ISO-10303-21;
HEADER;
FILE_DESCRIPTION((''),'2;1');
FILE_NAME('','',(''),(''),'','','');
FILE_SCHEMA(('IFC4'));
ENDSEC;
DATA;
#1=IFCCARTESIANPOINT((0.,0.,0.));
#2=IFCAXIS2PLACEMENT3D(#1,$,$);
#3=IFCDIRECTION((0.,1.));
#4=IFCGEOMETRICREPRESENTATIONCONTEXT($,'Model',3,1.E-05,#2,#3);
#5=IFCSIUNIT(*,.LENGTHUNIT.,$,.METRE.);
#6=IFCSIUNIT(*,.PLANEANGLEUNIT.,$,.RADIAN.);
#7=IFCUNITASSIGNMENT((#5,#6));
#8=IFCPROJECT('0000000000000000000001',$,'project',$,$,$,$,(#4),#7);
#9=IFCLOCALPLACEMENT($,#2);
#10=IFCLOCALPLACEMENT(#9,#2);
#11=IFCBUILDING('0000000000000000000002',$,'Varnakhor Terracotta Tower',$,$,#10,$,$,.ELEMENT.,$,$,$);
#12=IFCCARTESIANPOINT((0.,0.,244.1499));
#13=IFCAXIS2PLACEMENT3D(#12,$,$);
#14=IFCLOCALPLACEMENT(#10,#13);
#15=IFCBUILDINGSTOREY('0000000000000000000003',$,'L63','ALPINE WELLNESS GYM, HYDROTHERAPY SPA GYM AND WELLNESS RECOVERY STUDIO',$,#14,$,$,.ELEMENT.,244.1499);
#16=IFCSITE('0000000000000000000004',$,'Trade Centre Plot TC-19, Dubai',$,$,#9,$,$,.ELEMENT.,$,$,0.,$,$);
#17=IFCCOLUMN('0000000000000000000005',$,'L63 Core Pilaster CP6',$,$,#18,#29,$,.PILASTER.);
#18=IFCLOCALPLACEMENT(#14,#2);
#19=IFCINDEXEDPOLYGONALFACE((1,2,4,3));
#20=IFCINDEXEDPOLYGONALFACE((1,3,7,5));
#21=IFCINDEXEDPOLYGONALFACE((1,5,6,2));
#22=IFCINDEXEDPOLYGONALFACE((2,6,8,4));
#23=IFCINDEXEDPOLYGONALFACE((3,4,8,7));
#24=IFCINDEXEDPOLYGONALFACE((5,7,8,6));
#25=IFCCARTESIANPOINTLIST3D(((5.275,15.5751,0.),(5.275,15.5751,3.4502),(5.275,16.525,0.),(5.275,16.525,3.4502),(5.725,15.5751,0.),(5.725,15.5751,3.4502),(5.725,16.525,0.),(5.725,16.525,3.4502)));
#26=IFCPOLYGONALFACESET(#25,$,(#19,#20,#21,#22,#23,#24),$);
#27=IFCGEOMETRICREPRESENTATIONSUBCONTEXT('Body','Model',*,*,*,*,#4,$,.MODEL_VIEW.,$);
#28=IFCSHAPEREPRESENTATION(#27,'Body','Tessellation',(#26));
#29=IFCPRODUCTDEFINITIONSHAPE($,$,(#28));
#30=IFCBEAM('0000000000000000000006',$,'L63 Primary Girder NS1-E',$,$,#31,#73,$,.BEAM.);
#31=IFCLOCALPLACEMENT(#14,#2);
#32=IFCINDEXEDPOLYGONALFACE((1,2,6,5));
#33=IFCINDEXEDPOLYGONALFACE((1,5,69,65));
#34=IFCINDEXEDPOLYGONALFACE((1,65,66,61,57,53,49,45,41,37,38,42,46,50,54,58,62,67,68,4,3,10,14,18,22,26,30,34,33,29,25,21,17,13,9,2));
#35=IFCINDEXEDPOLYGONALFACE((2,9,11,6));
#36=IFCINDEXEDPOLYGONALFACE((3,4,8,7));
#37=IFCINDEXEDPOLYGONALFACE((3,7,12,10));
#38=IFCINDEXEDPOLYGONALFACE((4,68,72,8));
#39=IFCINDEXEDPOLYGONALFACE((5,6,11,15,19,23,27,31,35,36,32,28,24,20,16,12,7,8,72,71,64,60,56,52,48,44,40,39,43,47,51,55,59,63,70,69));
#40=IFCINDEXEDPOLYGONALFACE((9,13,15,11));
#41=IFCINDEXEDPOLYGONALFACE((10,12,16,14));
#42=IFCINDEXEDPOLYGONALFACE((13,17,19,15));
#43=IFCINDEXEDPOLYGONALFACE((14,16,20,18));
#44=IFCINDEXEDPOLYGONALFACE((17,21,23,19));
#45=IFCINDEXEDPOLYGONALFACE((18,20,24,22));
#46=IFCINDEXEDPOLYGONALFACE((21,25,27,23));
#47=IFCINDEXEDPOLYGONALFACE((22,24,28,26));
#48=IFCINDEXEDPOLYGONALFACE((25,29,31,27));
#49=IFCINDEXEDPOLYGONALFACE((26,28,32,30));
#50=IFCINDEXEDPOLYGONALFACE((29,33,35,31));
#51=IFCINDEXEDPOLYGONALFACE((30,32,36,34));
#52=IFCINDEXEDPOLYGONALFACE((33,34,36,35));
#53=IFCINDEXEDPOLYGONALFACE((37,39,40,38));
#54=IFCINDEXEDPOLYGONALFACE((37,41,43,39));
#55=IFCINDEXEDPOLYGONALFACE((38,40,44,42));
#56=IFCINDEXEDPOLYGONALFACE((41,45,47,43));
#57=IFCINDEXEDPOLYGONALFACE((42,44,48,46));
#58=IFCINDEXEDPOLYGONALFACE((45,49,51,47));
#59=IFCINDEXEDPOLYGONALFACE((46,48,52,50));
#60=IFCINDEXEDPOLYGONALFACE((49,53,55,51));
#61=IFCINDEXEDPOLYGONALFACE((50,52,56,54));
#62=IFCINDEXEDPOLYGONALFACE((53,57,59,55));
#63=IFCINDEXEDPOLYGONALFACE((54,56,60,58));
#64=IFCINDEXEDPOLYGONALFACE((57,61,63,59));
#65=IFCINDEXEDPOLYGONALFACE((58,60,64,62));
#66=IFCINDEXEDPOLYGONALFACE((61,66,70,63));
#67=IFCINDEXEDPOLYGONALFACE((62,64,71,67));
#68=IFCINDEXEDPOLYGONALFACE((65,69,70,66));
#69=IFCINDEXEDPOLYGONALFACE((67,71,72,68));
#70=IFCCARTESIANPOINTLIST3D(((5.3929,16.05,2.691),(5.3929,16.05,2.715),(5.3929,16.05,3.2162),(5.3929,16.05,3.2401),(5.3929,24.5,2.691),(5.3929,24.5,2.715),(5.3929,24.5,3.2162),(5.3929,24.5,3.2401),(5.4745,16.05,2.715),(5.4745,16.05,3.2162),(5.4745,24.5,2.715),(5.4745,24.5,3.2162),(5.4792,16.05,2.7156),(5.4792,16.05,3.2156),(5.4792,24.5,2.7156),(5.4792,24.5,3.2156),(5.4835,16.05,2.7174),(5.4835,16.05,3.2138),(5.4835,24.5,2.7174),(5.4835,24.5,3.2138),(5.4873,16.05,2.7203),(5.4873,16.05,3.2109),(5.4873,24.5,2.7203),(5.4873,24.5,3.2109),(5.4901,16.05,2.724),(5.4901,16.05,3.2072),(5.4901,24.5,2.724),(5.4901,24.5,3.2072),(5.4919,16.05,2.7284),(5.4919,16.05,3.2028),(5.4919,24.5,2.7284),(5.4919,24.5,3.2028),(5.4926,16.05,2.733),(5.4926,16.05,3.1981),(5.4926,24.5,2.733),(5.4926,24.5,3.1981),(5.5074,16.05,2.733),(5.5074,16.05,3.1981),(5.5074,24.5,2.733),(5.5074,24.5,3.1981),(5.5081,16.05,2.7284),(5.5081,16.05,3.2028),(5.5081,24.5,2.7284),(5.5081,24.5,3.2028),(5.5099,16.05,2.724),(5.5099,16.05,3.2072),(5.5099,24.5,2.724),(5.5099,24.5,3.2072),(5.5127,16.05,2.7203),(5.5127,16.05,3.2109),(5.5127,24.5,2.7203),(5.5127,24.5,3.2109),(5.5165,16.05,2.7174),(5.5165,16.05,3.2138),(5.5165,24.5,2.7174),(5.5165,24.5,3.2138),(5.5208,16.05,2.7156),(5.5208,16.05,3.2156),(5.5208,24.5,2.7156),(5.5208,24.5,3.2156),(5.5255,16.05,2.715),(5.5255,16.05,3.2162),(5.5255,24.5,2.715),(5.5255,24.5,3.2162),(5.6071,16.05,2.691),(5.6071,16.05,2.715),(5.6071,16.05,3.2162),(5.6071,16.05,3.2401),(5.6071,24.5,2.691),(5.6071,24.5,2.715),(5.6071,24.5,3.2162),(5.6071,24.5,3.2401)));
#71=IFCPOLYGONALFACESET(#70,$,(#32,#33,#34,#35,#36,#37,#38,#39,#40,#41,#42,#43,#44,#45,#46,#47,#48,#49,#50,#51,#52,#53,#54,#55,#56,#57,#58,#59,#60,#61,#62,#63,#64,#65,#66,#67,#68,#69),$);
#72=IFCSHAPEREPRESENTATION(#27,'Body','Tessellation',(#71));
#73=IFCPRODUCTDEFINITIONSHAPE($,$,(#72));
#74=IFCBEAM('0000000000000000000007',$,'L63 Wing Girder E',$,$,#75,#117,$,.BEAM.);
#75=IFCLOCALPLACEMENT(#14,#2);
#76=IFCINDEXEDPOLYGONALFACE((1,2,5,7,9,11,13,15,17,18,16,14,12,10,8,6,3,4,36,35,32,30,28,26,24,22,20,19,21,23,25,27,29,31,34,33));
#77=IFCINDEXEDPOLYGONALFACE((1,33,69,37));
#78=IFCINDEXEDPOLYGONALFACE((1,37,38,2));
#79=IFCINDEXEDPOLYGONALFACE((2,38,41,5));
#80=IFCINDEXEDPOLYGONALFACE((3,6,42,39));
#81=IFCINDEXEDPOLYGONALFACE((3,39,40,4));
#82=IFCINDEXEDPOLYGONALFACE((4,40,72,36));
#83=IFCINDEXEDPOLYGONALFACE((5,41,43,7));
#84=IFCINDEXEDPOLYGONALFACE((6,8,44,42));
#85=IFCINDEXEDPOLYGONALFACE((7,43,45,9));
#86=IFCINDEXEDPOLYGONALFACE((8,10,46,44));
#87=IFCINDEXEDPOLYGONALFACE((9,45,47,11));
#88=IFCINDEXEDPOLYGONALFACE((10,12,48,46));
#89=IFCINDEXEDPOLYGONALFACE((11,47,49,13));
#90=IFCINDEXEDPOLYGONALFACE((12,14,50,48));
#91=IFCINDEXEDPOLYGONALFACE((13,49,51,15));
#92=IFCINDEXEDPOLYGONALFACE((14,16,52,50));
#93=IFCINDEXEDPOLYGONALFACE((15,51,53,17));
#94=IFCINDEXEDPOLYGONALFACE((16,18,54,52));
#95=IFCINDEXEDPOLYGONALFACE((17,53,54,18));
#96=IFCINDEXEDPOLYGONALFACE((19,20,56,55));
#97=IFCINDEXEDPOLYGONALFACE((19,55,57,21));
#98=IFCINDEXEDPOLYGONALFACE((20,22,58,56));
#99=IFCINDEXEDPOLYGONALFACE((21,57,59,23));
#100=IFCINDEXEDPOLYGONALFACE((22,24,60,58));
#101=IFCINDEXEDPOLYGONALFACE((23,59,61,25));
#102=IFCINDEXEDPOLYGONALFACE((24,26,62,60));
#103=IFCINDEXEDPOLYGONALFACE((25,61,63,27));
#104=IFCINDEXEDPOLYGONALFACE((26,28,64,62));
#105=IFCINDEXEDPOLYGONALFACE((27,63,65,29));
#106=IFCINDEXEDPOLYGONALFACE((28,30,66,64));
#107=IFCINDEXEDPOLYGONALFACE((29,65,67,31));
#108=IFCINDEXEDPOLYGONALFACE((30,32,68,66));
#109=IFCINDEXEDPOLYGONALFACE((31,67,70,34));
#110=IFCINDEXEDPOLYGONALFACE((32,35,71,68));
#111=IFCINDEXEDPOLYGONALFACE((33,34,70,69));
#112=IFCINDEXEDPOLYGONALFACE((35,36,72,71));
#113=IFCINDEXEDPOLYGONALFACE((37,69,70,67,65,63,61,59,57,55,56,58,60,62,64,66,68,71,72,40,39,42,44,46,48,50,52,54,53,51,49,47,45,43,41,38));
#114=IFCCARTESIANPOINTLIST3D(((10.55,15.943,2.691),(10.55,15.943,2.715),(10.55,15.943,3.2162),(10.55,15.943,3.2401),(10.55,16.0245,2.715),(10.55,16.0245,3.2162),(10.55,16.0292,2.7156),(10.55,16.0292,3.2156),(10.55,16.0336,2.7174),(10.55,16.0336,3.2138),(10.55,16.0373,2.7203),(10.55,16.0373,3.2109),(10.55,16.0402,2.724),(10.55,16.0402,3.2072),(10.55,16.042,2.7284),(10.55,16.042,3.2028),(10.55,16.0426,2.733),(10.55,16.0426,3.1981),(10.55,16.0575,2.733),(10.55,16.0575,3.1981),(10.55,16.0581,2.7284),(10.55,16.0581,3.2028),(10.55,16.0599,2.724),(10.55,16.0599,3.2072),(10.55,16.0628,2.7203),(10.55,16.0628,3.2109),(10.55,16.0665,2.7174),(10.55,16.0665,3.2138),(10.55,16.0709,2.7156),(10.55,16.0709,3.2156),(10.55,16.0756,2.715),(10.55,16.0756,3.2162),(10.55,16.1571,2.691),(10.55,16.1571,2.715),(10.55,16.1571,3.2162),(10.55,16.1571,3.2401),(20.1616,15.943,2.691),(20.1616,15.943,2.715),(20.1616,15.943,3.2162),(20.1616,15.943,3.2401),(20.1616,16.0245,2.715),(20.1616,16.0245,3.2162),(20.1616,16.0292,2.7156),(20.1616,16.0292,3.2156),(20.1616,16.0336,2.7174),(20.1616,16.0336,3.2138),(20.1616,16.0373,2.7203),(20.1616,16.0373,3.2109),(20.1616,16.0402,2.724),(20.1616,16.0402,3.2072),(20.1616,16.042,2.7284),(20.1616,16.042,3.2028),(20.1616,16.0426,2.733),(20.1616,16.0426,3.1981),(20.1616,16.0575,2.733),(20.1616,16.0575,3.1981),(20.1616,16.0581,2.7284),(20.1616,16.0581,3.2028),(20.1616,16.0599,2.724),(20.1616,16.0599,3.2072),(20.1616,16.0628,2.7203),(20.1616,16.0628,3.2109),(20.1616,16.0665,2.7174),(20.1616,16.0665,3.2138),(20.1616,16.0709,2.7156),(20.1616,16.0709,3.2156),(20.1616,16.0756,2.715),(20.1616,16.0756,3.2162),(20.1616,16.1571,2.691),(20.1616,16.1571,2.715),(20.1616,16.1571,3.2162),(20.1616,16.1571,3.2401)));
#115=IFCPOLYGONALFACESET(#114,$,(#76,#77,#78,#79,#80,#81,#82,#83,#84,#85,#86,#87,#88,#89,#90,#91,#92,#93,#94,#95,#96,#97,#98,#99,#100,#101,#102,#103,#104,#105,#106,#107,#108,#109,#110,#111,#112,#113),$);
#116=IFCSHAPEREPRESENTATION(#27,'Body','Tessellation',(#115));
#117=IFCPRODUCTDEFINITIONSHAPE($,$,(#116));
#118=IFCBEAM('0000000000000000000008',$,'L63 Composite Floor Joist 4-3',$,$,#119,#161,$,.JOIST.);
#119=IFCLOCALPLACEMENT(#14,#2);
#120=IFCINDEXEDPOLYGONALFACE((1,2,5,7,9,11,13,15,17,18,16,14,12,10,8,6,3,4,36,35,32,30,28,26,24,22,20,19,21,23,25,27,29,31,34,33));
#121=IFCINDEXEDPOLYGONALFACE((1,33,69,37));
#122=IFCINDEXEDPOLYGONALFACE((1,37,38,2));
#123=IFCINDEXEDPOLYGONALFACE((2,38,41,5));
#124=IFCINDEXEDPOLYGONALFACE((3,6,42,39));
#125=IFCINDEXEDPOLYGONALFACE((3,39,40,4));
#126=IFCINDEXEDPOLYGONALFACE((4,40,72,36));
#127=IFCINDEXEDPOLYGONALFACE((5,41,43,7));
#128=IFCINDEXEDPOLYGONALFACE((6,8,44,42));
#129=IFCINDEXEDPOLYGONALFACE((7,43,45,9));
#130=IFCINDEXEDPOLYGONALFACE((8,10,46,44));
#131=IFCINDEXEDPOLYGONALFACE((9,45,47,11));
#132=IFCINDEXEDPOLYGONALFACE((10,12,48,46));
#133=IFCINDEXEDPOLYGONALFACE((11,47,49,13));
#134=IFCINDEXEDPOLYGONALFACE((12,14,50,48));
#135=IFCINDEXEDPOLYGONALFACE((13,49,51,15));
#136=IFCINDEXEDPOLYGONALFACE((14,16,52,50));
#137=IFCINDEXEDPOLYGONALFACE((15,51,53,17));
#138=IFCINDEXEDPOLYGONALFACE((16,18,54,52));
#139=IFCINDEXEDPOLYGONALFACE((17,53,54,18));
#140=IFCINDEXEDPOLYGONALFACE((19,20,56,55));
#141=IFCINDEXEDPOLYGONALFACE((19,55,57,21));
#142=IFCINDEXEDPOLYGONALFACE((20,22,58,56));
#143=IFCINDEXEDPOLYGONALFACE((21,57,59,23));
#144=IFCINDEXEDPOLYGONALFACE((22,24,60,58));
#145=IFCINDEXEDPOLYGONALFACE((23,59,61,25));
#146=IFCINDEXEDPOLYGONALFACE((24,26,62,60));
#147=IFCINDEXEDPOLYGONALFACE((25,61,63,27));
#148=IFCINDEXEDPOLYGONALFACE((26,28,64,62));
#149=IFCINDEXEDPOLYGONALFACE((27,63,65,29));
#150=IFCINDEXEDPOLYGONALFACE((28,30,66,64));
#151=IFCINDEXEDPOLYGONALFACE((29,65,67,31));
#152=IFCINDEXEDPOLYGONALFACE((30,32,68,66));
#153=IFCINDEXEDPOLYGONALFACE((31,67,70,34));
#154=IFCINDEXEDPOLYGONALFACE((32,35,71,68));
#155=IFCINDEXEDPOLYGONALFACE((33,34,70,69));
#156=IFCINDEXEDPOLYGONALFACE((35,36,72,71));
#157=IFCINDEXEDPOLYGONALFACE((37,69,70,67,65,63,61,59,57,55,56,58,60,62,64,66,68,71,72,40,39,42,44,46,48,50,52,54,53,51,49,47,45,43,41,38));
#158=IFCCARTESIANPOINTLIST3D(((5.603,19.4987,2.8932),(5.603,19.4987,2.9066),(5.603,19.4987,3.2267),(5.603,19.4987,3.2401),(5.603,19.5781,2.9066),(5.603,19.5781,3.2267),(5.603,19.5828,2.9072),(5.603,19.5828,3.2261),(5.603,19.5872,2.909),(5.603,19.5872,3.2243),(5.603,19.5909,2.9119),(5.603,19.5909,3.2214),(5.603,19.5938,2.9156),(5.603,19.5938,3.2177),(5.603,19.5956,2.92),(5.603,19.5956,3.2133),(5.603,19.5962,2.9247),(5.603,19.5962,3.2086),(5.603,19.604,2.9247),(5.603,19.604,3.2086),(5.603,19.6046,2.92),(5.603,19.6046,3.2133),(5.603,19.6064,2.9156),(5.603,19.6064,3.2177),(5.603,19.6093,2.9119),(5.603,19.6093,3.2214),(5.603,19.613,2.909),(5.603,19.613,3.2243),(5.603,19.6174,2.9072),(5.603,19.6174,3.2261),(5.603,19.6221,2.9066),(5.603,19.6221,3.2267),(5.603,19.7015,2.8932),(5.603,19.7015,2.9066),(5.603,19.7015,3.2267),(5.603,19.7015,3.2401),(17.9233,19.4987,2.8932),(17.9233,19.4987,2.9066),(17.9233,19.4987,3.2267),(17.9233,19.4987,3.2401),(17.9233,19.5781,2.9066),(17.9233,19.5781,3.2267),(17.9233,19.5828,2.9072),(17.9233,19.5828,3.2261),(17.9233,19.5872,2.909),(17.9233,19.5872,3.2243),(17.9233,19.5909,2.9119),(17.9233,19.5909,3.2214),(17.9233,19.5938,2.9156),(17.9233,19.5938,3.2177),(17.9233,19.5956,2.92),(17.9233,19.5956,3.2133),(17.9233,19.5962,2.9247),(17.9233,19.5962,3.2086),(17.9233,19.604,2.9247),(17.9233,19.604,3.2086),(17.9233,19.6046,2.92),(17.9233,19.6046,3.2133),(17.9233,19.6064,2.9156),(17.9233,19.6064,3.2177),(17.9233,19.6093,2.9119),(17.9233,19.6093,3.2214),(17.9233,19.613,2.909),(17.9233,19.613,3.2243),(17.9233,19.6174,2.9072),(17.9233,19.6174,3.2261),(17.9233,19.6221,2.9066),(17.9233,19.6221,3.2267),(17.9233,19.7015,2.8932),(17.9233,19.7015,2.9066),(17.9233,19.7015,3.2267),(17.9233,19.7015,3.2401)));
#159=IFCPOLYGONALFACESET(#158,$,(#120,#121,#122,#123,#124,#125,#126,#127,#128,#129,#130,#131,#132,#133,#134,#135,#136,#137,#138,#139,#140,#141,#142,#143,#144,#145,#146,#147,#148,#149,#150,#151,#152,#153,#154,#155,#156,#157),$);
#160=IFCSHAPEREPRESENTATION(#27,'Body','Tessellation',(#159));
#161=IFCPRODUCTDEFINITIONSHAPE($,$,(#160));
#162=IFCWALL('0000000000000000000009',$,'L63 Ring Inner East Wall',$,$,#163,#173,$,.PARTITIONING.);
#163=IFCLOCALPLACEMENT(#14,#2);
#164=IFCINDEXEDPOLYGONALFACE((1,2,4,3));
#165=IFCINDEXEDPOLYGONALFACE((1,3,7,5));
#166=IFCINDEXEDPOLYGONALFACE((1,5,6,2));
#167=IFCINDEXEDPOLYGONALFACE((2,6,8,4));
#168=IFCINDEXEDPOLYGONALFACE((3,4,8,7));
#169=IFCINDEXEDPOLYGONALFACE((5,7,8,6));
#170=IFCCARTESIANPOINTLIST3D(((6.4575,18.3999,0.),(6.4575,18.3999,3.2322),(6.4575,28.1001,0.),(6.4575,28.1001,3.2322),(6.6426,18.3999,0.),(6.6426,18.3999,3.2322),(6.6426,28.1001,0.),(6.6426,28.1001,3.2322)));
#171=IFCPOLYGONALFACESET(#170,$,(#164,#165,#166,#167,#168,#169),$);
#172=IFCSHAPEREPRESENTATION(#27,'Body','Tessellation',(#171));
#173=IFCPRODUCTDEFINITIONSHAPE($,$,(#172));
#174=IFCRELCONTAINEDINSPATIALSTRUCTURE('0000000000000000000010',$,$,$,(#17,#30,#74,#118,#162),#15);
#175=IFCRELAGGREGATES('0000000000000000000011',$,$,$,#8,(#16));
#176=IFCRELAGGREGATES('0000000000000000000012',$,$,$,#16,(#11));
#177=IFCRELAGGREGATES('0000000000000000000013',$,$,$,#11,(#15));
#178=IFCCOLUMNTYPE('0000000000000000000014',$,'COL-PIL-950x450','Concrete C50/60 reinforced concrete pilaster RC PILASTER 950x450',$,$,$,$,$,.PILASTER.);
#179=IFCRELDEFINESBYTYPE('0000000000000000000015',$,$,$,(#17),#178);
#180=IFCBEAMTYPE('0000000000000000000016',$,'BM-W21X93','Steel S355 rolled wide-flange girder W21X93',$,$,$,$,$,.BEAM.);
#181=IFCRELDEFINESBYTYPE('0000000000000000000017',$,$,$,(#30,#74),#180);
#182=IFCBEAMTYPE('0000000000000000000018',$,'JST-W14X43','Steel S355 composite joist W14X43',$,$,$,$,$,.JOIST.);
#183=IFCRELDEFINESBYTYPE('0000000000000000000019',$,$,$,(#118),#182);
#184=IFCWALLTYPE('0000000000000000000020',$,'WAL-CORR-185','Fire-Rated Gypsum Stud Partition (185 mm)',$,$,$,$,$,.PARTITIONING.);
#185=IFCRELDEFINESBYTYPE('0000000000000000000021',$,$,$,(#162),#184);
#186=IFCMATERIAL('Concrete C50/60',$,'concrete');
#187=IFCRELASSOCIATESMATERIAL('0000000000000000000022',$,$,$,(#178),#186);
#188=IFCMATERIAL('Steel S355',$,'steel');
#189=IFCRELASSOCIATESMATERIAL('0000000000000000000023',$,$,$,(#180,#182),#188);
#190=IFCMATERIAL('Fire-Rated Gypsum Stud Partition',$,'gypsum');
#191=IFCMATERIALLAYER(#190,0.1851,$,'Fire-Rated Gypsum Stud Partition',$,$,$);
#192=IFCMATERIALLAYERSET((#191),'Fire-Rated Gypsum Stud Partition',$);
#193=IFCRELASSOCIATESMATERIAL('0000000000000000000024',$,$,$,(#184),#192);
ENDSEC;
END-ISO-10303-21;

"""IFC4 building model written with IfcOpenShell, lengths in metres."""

from ifc_helpers import new_model, si_unit, direction, frame, frame_2d, origin, origin_2d, place, context, subcontext, project, spatial, rectangle, i_section, extrude, source, transform, mapped, material, layer, layer_set, material_profile, profile_set, type_object, type_shapes, element, save


model = new_model("IFC4")

# Units and contexts
model_context = context("Model", 3, precision=1e-05, world=origin(), true_north=direction((0.0, 1.0)))
body_context = subcontext(model_context, "Body", "Model", "MODEL_VIEW")
ifc_project = project(units=[si_unit("LENGTHUNIT", "METRE"), si_unit("PLANEANGLEUNIT", "RADIAN")], contexts=[model_context])

# Site, building, storey
site_placement = place(None, origin())
site = spatial("IfcSite", under=ifc_project, at=site_placement, Name="Trade Centre Plot TC-19, Dubai", CompositionType="ELEMENT", RefElevation=0.0)
building_placement = place(site_placement, origin())
building = spatial("IfcBuilding", under=site, at=building_placement, Name="Varnakhor Terracotta Tower", CompositionType="ELEMENT")
storey_placement = place(building_placement, frame((0.0, 0.0, 244.1499)))
storey = spatial("IfcBuildingStorey", under=building, at=storey_placement, Name="L63", Description="ALPINE WELLNESS GYM, HYDROTHERAPY SPA GYM AND WELLNESS RECOVERY STUDIO", CompositionType="ELEMENT", Elevation=244.1499)

# Column
ifc_material_1 = material(Name="Concrete C50/60", Category="concrete")
ifc_material_profile_1 = material_profile(ifc_material_1, rectangle(XDim=0.45, YDim=0.95, at=origin_2d()), Name="RC PILASTER 950x450")
ifc_profile_set_1 = profile_set([ifc_material_profile_1], Name="Concrete C50/60")
column_type = type_object("IfcColumnType", Name="COL-PIL-950x450", Description="Concrete C50/60 reinforced concrete pilaster RC PILASTER 950x450", PredefinedType="PILASTER", material=ifc_profile_set_1)
shared_shape_1 = source(origin(), body_context, "Body", "SweptSolid", [
    extrude(rectangle(XDim=0.45, YDim=0.95, at=origin_2d()), origin(), (0.0, 0.0, 1.0), 3.4502),
])
column_placement = place(storey_placement, frame((5.5, 16.05, 0.0), z_axis=(0.0, 0.0, 1.0), x_axis=(1.0, 0.0, 0.0)))
element("IfcColumn", 1, at=column_placement, inside=storey, type_object=column_type, Name="L63 Core Pilaster CP6", PredefinedType="PILASTER", context=body_context, shape_type="MappedRepresentation", body=[
    mapped(shared_shape_1, transform((0.0, 0.0, 0.0), scale=1.0)),
])

# Beams
ifc_material_2 = material(Name="Steel S355", Category="steel")
ifc_material_profile_2 = material_profile(ifc_material_2, i_section(OverallWidth=0.2141, OverallDepth=0.5491, WebThickness=0.0149, FlangeThickness=0.0239, FilletRadius=0.0181, at=origin_2d()), Name="W21X93")
ifc_profile_set_2 = profile_set([ifc_material_profile_2], Name="Steel S355")
beam_type_1 = type_object("IfcBeamType", Name="BM-W21X93", Description="Steel S355 rolled wide-flange girder W21X93", PredefinedType="BEAM", material=ifc_profile_set_2)
shared_shape_2 = source(origin(), body_context, "Body", "SweptSolid", [
    extrude(i_section(OverallWidth=0.2141, OverallDepth=0.5491, WebThickness=0.0149, FlangeThickness=0.0239, FilletRadius=0.0181, at=origin_2d()), origin(), (0.0, 0.0, 1.0), 8.45),
])
type_shapes(beam_type_1, [shared_shape_2])
beam_1_placement = place(storey_placement, frame((5.5, 16.05, 2.9656), z_axis=(0.0, 1.0, 0.0), x_axis=(-1.0, 0.0, 0.0)))
element("IfcBeam", 2, at=beam_1_placement, inside=storey, type_object=beam_type_1, Name="L63 Primary Girder NS1-E", PredefinedType="BEAM", context=body_context, shape_type="MappedRepresentation", body=[
    mapped(shared_shape_2, transform((0.0, 0.0, 0.0), scale=1.0)),
])
shared_shape_3 = source(origin(), body_context, "Body", "SweptSolid", [
    extrude(i_section(OverallWidth=0.2141, OverallDepth=0.5491, WebThickness=0.0149, FlangeThickness=0.0239, FilletRadius=0.0181, at=origin_2d()), origin(), (0.0, 0.0, 1.0), 9.6116),
])
beam_2_placement = place(storey_placement, frame((10.55, 16.05, 2.9656), z_axis=(1.0, 0.0, 0.0), x_axis=(0.0, 1.0, 0.0)))
element("IfcBeam", 3, at=beam_2_placement, inside=storey, type_object=beam_type_1, Name="L63 Wing Girder E", PredefinedType="BEAM", context=body_context, shape_type="MappedRepresentation", body=[
    mapped(shared_shape_3, transform((0.0, 0.0, 0.0), scale=1.0)),
])
ifc_material_profile_3 = material_profile(ifc_material_2, i_section(OverallWidth=0.2029, OverallDepth=0.3469, WebThickness=0.0078, FlangeThickness=0.0134, FilletRadius=0.0181, at=origin_2d()), Name="W14X43")
ifc_profile_set_3 = profile_set([ifc_material_profile_3], Name="Steel S355")
beam_type_2 = type_object("IfcBeamType", Name="JST-W14X43", Description="Steel S355 composite joist W14X43", PredefinedType="JOIST", material=ifc_profile_set_3)
shared_shape_4 = source(origin(), body_context, "Body", "SweptSolid", [
    extrude(i_section(OverallWidth=0.2029, OverallDepth=0.3469, WebThickness=0.0078, FlangeThickness=0.0134, FilletRadius=0.0181, at=origin_2d()), origin(), (0.0, 0.0, 1.0), 12.3203),
])
beam_3_placement = place(storey_placement, frame((5.603, 19.6001, 3.0667), z_axis=(1.0, 0.0, 0.0), x_axis=(0.0, 1.0, 0.0)))
element("IfcBeam", 4, at=beam_3_placement, inside=storey, type_object=beam_type_2, Name="L63 Composite Floor Joist 4-3", PredefinedType="JOIST", context=body_context, shape_type="MappedRepresentation", body=[
    mapped(shared_shape_4, transform((0.0, 0.0, 0.0), scale=1.0)),
])

# Wall
ifc_material_3 = material(Name="Fire-Rated Gypsum Stud Partition", Category="gypsum")
ifc_layer_1 = layer(ifc_material_3, 0.1851, Name="Fire-Rated Gypsum Stud Partition")
ifc_layer_set_1 = layer_set([ifc_layer_1], Name="Fire-Rated Gypsum Stud Partition")
wall_type_1 = type_object("IfcWallType", Name="WAL-CORR-185", Description="Fire-Rated Gypsum Stud Partition (185 mm)", PredefinedType="PARTITIONING", material=ifc_layer_set_1)
wall_1_placement = place(storey_placement, frame((6.55, 18.3999, 0.0), z_axis=(0.0, 0.0, 1.0), x_axis=(0.0, 1.0, 0.0)))
element("IfcWall", 5, at=wall_1_placement, inside=storey, type_object=wall_type_1, Name="L63 Ring Inner East Wall", PredefinedType="PARTITIONING", context=body_context, shape_type="SweptSolid", body=[
    extrude(rectangle(XDim=9.7002, YDim=0.1851, at=frame_2d((4.8501, 0.0))), origin(), (0.0, 0.0, 1.0), 3.2322),
])

save(model, "model.ifc")
